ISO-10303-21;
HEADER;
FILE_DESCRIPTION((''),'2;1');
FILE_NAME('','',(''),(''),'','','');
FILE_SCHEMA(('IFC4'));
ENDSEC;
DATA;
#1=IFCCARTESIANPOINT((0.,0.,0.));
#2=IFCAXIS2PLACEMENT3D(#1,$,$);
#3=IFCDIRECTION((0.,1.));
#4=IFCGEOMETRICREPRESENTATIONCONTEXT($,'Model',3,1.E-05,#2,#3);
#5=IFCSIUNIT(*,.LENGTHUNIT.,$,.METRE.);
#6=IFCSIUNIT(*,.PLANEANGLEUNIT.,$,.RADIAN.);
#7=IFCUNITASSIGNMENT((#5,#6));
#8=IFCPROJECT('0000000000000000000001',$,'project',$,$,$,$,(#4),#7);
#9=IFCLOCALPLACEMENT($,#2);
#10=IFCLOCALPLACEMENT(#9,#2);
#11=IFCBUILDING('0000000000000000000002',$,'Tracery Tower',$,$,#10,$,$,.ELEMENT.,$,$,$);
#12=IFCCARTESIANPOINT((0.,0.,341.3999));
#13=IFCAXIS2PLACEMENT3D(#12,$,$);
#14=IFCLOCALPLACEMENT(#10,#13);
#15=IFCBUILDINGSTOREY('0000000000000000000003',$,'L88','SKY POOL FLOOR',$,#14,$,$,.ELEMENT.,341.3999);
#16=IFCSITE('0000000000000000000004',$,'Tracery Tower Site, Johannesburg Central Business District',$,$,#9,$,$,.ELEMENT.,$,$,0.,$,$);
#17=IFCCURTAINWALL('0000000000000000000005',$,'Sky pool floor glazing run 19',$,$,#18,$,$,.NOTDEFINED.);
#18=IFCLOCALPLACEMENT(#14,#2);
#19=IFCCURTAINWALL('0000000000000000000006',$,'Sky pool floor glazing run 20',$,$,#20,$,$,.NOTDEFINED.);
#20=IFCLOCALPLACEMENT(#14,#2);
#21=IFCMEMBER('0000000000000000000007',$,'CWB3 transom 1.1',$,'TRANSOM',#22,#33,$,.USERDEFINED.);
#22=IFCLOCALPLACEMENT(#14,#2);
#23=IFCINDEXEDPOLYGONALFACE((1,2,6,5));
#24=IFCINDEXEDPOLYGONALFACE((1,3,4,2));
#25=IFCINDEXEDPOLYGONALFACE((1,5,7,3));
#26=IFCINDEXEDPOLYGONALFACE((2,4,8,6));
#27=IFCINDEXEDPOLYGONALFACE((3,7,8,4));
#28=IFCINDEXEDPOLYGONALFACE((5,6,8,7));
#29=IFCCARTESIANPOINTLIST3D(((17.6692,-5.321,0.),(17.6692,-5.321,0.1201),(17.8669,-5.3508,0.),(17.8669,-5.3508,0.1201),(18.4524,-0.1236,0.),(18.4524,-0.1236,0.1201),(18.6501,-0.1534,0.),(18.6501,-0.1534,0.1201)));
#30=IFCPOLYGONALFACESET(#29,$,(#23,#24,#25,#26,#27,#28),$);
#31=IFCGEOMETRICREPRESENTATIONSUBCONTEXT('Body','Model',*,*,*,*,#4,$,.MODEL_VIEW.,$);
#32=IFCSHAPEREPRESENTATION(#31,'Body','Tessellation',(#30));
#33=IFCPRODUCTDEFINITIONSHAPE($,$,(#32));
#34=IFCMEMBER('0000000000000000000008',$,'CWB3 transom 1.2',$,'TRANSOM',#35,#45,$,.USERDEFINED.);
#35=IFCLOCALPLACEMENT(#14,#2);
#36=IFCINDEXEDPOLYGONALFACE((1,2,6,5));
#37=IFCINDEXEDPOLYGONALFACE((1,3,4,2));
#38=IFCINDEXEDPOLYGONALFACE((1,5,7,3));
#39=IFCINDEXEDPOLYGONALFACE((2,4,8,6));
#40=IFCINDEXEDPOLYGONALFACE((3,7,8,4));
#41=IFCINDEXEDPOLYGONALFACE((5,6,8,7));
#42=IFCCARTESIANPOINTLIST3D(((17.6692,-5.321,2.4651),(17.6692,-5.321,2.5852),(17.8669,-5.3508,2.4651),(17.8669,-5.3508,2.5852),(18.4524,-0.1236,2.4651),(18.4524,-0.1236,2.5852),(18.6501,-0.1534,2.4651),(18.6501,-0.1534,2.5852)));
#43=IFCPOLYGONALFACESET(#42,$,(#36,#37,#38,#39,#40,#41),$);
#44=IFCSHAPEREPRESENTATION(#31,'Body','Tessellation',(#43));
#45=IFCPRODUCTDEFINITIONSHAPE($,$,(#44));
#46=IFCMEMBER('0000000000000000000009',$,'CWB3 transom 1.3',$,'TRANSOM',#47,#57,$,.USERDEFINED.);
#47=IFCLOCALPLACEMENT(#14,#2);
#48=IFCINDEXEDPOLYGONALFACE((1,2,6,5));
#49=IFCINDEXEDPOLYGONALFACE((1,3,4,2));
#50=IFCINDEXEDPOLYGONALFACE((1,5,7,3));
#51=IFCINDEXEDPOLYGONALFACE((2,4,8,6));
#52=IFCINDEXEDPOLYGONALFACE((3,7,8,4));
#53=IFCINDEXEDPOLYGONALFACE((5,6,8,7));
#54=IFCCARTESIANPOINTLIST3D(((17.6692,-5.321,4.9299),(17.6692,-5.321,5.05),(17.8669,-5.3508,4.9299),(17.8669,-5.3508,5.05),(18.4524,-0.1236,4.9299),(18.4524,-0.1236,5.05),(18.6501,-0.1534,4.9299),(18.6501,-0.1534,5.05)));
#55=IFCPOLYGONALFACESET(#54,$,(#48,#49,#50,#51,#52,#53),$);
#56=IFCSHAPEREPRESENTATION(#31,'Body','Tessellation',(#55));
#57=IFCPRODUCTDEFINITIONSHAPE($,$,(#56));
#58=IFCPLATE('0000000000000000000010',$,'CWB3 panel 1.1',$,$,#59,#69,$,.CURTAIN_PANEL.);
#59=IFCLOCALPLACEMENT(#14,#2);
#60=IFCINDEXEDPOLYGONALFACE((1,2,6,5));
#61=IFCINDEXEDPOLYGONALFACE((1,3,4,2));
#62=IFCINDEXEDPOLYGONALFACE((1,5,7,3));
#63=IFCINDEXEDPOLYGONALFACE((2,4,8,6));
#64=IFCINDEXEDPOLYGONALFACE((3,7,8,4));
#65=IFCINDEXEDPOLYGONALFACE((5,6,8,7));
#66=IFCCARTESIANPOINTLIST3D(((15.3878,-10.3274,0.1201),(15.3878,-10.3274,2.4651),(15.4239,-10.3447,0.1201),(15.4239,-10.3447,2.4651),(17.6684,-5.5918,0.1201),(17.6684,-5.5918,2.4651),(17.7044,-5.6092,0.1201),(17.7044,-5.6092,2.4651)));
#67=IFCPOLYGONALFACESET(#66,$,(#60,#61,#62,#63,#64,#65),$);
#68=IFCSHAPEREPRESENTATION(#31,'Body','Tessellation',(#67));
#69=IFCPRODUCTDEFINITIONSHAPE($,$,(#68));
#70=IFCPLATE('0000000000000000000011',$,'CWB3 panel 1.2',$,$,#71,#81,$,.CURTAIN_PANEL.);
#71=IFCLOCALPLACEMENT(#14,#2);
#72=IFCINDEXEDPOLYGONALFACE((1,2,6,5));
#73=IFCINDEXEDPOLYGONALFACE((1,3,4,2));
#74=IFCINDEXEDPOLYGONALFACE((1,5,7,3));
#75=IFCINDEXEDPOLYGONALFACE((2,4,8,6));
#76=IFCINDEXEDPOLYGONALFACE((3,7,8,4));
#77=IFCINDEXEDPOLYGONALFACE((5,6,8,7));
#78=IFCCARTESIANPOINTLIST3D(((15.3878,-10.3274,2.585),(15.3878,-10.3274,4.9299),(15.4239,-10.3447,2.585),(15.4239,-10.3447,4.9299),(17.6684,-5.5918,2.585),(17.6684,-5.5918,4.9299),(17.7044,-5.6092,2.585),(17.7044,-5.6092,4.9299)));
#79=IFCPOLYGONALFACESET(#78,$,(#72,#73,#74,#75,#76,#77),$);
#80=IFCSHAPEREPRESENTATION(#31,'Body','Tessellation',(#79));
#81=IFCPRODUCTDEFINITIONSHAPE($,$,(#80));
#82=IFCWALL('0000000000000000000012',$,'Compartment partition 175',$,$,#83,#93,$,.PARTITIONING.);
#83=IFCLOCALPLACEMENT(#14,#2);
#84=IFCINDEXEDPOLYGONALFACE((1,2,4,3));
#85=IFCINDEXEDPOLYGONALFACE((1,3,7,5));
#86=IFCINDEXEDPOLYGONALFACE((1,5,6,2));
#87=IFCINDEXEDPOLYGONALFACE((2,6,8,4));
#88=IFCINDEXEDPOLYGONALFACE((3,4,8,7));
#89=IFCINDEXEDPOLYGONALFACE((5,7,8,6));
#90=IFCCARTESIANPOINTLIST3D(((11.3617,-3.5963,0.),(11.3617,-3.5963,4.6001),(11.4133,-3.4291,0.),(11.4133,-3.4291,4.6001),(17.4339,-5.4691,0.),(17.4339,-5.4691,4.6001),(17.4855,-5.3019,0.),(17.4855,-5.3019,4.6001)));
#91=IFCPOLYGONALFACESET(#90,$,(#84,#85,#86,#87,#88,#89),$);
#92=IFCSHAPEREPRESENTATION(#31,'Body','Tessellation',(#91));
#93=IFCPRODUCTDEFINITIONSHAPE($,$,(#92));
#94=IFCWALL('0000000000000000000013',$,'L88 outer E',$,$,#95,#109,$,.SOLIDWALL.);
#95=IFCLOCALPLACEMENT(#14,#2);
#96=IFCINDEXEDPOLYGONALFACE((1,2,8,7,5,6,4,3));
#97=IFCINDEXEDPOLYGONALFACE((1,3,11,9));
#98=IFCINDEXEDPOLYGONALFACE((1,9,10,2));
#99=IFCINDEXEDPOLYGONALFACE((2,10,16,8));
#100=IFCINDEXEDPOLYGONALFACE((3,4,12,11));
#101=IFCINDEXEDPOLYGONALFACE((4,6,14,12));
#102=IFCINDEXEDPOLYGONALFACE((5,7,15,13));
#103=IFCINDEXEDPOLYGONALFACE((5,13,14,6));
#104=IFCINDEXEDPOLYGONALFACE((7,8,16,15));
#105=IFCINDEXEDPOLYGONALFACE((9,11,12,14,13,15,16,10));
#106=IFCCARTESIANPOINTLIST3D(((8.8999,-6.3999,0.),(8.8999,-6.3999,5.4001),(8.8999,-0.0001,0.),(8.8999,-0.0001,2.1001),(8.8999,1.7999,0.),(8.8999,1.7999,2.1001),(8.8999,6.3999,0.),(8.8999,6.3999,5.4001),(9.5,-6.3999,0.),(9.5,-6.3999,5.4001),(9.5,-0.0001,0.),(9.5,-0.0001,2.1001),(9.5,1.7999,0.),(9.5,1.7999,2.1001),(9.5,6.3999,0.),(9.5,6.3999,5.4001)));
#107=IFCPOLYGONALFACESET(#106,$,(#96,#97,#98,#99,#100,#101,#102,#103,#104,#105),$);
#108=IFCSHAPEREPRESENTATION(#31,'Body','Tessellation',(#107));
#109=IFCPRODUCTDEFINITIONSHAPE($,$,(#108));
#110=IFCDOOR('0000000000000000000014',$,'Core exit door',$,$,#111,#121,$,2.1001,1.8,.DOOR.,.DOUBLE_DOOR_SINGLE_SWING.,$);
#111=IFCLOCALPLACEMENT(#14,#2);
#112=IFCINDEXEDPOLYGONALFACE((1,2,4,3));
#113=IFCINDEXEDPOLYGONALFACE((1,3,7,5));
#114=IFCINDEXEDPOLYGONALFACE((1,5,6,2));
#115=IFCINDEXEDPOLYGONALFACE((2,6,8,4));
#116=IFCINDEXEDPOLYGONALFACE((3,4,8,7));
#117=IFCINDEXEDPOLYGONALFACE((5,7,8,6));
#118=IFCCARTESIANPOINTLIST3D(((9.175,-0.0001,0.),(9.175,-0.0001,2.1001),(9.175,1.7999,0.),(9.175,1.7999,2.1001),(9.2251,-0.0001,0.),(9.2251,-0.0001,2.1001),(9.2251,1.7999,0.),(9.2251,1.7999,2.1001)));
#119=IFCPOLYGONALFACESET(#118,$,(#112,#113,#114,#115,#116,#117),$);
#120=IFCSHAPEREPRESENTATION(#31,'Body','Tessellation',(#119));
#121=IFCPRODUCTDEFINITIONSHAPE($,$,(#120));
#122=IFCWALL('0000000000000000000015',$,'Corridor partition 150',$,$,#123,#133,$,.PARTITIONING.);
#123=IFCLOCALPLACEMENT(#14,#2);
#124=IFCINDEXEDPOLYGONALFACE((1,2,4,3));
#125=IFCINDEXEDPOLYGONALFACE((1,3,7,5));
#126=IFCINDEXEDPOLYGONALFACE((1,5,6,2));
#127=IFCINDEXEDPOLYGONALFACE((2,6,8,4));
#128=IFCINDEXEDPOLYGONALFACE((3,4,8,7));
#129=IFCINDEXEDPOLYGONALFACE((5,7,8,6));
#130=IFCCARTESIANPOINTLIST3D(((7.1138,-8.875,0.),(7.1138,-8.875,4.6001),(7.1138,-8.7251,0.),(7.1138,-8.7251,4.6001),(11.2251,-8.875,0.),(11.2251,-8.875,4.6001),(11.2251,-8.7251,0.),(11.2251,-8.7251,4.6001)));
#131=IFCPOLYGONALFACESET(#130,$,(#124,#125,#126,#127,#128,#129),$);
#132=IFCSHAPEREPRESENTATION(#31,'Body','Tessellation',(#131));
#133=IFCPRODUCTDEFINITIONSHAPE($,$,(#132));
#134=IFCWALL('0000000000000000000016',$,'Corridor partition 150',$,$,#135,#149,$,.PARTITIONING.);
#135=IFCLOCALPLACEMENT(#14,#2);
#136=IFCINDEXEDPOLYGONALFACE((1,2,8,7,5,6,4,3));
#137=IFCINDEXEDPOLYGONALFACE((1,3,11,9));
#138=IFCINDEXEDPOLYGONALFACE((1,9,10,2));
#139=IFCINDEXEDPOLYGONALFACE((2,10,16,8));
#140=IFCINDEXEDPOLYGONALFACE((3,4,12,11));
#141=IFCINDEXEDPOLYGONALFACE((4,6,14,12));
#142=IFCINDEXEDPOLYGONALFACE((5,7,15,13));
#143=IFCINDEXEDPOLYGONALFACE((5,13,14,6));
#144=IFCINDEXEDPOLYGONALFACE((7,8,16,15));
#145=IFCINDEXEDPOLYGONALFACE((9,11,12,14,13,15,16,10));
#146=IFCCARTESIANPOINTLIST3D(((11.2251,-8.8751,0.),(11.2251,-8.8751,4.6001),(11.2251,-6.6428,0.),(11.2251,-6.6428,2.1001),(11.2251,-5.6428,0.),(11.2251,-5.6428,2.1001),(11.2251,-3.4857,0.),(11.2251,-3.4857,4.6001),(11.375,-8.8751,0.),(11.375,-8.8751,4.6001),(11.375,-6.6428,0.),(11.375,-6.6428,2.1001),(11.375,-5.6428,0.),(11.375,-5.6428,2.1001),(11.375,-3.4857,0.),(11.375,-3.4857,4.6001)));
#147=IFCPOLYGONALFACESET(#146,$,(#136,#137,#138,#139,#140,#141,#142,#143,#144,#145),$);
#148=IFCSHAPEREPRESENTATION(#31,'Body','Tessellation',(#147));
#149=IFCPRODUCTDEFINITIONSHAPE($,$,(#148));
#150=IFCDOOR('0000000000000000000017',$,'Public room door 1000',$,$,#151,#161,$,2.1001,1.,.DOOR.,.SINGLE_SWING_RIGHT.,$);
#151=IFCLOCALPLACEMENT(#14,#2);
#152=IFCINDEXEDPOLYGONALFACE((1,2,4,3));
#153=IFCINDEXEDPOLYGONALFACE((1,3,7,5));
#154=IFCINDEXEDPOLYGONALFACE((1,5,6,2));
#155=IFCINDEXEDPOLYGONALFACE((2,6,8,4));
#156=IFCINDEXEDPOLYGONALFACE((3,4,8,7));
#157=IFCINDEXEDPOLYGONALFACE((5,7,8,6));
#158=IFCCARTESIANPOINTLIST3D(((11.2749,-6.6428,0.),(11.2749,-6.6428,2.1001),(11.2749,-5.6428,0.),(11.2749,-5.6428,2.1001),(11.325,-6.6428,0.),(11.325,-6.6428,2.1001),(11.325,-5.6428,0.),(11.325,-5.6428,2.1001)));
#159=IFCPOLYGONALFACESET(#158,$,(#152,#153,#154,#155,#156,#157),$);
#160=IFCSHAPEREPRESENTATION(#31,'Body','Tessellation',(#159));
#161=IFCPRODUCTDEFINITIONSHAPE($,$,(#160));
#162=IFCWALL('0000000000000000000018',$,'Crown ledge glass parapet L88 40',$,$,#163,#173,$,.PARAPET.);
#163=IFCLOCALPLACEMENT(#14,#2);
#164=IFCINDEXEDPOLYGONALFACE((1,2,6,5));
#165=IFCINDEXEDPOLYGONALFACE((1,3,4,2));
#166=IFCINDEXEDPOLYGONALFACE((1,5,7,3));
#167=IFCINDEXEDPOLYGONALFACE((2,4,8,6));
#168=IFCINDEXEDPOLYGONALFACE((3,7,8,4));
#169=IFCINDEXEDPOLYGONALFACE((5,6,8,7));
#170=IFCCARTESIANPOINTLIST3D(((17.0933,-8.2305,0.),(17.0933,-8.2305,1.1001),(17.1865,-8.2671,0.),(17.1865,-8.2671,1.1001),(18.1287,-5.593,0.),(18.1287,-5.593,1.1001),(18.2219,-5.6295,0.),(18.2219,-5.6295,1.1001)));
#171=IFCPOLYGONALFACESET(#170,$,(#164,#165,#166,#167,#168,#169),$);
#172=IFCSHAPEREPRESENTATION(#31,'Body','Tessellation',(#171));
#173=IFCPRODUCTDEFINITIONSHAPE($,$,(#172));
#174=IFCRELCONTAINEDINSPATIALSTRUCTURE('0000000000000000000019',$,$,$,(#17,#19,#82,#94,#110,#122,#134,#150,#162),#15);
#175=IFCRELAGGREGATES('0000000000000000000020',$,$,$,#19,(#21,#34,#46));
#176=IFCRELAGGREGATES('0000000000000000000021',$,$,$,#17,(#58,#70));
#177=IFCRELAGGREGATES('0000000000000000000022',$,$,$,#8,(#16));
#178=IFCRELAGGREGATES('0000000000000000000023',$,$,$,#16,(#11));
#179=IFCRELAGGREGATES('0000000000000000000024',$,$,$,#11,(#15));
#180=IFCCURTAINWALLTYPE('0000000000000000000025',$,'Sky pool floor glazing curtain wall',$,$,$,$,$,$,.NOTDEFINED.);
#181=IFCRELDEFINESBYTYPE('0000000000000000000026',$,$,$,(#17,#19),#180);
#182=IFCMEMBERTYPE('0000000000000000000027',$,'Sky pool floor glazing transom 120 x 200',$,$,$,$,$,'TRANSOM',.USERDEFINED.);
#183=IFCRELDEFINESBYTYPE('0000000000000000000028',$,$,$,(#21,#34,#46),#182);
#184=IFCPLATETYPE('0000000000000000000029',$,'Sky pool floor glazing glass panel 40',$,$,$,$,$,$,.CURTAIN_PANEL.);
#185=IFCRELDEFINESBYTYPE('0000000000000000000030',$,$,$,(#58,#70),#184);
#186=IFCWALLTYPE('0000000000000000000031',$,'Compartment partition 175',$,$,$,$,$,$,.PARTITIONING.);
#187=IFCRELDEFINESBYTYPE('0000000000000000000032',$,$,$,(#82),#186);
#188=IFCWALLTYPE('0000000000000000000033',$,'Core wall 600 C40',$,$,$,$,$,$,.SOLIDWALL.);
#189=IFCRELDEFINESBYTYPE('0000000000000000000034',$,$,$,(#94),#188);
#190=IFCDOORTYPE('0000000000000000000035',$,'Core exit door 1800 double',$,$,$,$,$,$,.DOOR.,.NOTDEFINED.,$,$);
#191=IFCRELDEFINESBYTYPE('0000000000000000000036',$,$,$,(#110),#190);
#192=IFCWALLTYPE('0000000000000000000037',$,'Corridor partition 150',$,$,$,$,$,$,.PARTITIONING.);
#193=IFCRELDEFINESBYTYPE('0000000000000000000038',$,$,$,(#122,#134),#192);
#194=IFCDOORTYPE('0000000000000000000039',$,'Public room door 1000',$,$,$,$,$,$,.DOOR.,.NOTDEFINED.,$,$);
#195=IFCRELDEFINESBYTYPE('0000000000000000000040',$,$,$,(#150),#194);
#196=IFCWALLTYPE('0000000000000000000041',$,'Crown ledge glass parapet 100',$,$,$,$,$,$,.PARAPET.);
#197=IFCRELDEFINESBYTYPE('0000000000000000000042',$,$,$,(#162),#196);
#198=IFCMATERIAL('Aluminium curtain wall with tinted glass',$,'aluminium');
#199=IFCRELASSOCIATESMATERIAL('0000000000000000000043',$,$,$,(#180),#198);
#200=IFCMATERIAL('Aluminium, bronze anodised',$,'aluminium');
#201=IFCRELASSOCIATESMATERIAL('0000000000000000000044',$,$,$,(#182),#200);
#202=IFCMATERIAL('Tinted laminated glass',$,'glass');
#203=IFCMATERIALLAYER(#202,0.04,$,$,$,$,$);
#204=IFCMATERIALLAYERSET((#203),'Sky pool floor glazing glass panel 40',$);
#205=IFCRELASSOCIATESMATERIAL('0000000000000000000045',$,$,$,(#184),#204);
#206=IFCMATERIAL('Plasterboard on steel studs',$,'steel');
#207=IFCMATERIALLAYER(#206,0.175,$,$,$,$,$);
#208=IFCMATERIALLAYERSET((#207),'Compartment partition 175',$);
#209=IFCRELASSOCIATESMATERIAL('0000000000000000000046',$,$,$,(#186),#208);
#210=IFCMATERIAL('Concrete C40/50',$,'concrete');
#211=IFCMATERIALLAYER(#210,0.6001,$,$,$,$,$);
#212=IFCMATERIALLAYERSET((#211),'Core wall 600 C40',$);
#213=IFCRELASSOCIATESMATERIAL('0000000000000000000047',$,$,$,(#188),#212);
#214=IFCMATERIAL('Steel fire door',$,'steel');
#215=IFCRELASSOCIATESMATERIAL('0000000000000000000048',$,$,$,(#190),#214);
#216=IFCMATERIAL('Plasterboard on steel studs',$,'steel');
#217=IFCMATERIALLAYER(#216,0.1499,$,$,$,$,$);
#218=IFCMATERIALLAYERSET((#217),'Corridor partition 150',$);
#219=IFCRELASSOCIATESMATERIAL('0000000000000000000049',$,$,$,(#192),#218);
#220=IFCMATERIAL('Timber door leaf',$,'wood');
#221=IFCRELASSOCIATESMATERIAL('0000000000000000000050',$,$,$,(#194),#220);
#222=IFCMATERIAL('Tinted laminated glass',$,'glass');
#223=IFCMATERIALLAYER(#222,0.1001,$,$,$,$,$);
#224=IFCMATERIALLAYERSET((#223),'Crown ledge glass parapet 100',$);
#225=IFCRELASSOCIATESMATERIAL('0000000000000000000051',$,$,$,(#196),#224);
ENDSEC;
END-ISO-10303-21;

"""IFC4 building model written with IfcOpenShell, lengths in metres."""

from ifc_helpers import new_model, si_unit, direction, frame, frame_2d, origin, origin_2d, place, context, subcontext, project, spatial, rectangle, extrude, material, layer, layer_set, material_profile, profile_set, type_object, element, fill, aggregate, save


model = new_model("IFC4")

# Units and contexts
model_context = context("Model", 3, precision=1e-05, world=origin(), true_north=direction((0.0, 1.0)))
body_context = subcontext(model_context, "Body", "Model", "MODEL_VIEW")
ifc_project = project(units=[si_unit("LENGTHUNIT", "METRE"), si_unit("PLANEANGLEUNIT", "RADIAN")], contexts=[model_context])

# Site, building, storey
site_placement = place(None, origin())
site = spatial("IfcSite", under=ifc_project, at=site_placement, Name="Tracery Tower Site, Johannesburg Central Business District", CompositionType="ELEMENT", RefElevation=0.0)
building_placement = place(site_placement, origin())
building = spatial("IfcBuilding", under=site, at=building_placement, Name="Tracery Tower", CompositionType="ELEMENT")
storey_placement = place(building_placement, frame((0.0, 0.0, 341.3999)))
storey = spatial("IfcBuildingStorey", under=building, at=storey_placement, Name="L88", Description="SKY POOL FLOOR", CompositionType="ELEMENT", Elevation=341.3999)

# Curtain walls
ifc_material_1 = material(Name="Aluminium curtain wall with tinted glass", Category="aluminium")
curtain_wall_type = type_object("IfcCurtainWallType", Name="Sky pool floor glazing curtain wall", PredefinedType="NOTDEFINED", material=ifc_material_1)
curtain_wall_1_placement = place(storey_placement, origin())
curtain_wall_1 = element("IfcCurtainWall", 1, at=curtain_wall_1_placement, inside=storey, type_object=curtain_wall_type, Name="Sky pool floor glazing run 19", PredefinedType="NOTDEFINED")
curtain_wall_2_placement = place(storey_placement, origin())
curtain_wall_2 = element("IfcCurtainWall", 2, at=curtain_wall_2_placement, inside=storey, type_object=curtain_wall_type, Name="Sky pool floor glazing run 20", PredefinedType="NOTDEFINED")

# Members
ifc_material_2 = material(Name="Aluminium, bronze anodised", Category="aluminium")
ifc_material_profile_1 = material_profile(ifc_material_2, rectangle(XDim=0.2, YDim=0.1201, at=origin_2d()), Name="Sky pool floor glazing transom 120 x 200")
ifc_profile_set_1 = profile_set([ifc_material_profile_1], Name="Aluminium, bronze anodised")
member_type_1 = type_object("IfcMemberType", Name="Sky pool floor glazing transom 120 x 200", ElementType="TRANSOM", PredefinedType="USERDEFINED", material=ifc_profile_set_1)
member_1_placement = place(storey_placement, frame((17.7681, -5.3359, 0.0601), z_axis=(0.149006, 0.988836, 0.0), x_axis=(-0.988836, 0.149006, 0.0)))
member_1 = element("IfcMember", 3, at=member_1_placement, type_object=member_type_1, Name="CWB3 transom 1.1", ObjectType="TRANSOM", PredefinedType="USERDEFINED", context=body_context, shape_type="SweptSolid", body=[
    extrude(rectangle(XDim=0.2, YDim=0.1201, at=origin_2d()), origin(), (0.0, 0.0, 1.0), 5.2561),
])
member_2_placement = place(storey_placement, frame((17.7681, -5.3359, 2.5251), z_axis=(0.149006, 0.988836, 0.0), x_axis=(-0.988836, 0.149006, 0.0)))
member_2 = element("IfcMember", 4, at=member_2_placement, type_object=member_type_1, Name="CWB3 transom 1.2", ObjectType="TRANSOM", PredefinedType="USERDEFINED", context=body_context, shape_type="SweptSolid", body=[
    extrude(rectangle(XDim=0.2, YDim=0.1201, at=origin_2d()), origin(), (0.0, 0.0, 1.0), 5.2561),
])
member_3_placement = place(storey_placement, frame((17.7681, -5.3359, 4.99), z_axis=(0.149006, 0.988836, 0.0), x_axis=(-0.988836, 0.149006, 0.0)))
member_3 = element("IfcMember", 5, at=member_3_placement, type_object=member_type_1, Name="CWB3 transom 1.3", ObjectType="TRANSOM", PredefinedType="USERDEFINED", context=body_context, shape_type="SweptSolid", body=[
    extrude(rectangle(XDim=0.2, YDim=0.1201, at=origin_2d()), origin(), (0.0, 0.0, 1.0), 5.2561),
])
aggregate(curtain_wall_2, [member_1, member_2, member_3])

# Plates
ifc_material_3 = material(Name="Tinted laminated glass", Category="glass")
ifc_layer_1 = layer(ifc_material_3, 0.04)
ifc_layer_set_1 = layer_set([ifc_layer_1], Name="Sky pool floor glazing glass panel 40")
plate_type = type_object("IfcPlateType", Name="Sky pool floor glazing glass panel 40", PredefinedType="CURTAIN_PANEL", material=ifc_layer_set_1)
plate_1_placement = place(storey_placement, frame((16.5461, -7.9683, 0.1201), z_axis=(0.0, 0.0, 1.0), x_axis=(0.43388, 0.900971, 0.0)))
plate_1 = element("IfcPlate", 6, at=plate_1_placement, type_object=plate_type, Name="CWB3 panel 1.1", PredefinedType="CURTAIN_PANEL", context=body_context, shape_type="SweptSolid", body=[
    extrude(rectangle(XDim=5.2561, YDim=0.04, at=origin_2d()), origin(), (0.0, 0.0, 1.0), 2.345),
])
plate_2_placement = place(storey_placement, frame((16.5461, -7.9683, 2.585), z_axis=(0.0, 0.0, 1.0), x_axis=(0.43388, 0.900971, 0.0)))
plate_2 = element("IfcPlate", 7, at=plate_2_placement, type_object=plate_type, Name="CWB3 panel 1.2", PredefinedType="CURTAIN_PANEL", context=body_context, shape_type="SweptSolid", body=[
    extrude(rectangle(XDim=5.2561, YDim=0.04, at=origin_2d()), origin(), (0.0, 0.0, 1.0), 2.345),
])
aggregate(curtain_wall_1, [plate_1, plate_2])

# Wall
ifc_material_4 = material(Name="Plasterboard on steel studs", Category="steel")
ifc_layer_2 = layer(ifc_material_4, 0.175)
ifc_layer_set_2 = layer_set([ifc_layer_2], Name="Compartment partition 175")
wall_type_1 = type_object("IfcWallType", Name="Compartment partition 175", PredefinedType="PARTITIONING", material=ifc_layer_set_2)
wall_1_placement = place(storey_placement, frame((17.4597, -5.3855, 0.0), z_axis=(0.0, 0.0, 1.0), x_axis=(-0.955584, 0.29472, 0.0)))
element("IfcWall", 8, at=wall_1_placement, inside=storey, type_object=wall_type_1, Name="Compartment partition 175", PredefinedType="PARTITIONING", context=body_context, shape_type="SweptSolid", body=[
    extrude(rectangle(XDim=6.3545, YDim=0.175, at=frame_2d((3.1772, 0.0))), origin(), (0.0, 0.0, 1.0), 4.6001),
])

# Wall, opening, door
ifc_material_5 = material(Name="Concrete C40/50", Category="concrete")
ifc_layer_3 = layer(ifc_material_5, 0.6001)
ifc_layer_set_3 = layer_set([ifc_layer_3], Name="Core wall 600 C40")
wall_type_2 = type_object("IfcWallType", Name="Core wall 600 C40", PredefinedType="SOLIDWALL", material=ifc_layer_set_3)
wall_2_placement = place(storey_placement, frame((9.2, -6.3999, 0.0), z_axis=(0.0, 0.0, 1.0), x_axis=(0.0, 1.0, 0.0)))
wall_2 = element("IfcWall", 9, at=wall_2_placement, inside=storey, type_object=wall_type_2, Name="L88 outer E", PredefinedType="SOLIDWALL", context=body_context, shape_type="SweptSolid", body=[
    extrude(rectangle(XDim=12.7998, YDim=0.6001, at=frame_2d((6.3999, 0.0))), origin(), (0.0, 0.0, 1.0), 5.4001),
])
opening_1_placement = place(wall_2_placement, frame((6.3999, 0.0, 0.0)))
opening_1 = element("IfcOpeningElement", 10, at=opening_1_placement, cuts=wall_2, PredefinedType="OPENING", context=body_context, shape_type="SweptSolid", body=[
    extrude(rectangle(XDim=1.8, YDim=2.1001, at=frame_2d((0.8999, 1.05))), frame((0.0, 0.3, 0.0), z_axis=(0.0, -1.0, 0.0), x_axis=(1.0, 0.0, 0.0)), (0.0, 0.0, 1.0), 0.6001),
])
ifc_material_6 = material(Name="Steel fire door", Category="steel")
door_type_1 = type_object("IfcDoorType", Name="Core exit door 1800 double", OperationType="NOTDEFINED", PredefinedType="DOOR", material=ifc_material_6)
door_1_placement = place(opening_1_placement, origin())
door_1 = element("IfcDoor", 11, at=door_1_placement, inside=storey, type_object=door_type_1, Name="Core exit door", OperationType="DOUBLE_DOOR_SINGLE_SWING", OverallHeight=2.1001, OverallWidth=1.8, PredefinedType="DOOR", context=body_context, shape_type="SweptSolid", body=[
    extrude(rectangle(XDim=1.8, YDim=2.1001, at=frame_2d((0.8999, 1.05))), frame((0.0, 0.0249, 0.0), z_axis=(0.0, -1.0, 0.0), x_axis=(1.0, 0.0, 0.0)), (0.0, 0.0, 1.0), 0.05),
])
fill(opening_1, door_1)

# Wall
ifc_material_7 = material(Name="Plasterboard on steel studs", Category="steel")
ifc_layer_4 = layer(ifc_material_7, 0.1499)
ifc_layer_set_4 = layer_set([ifc_layer_4], Name="Corridor partition 150")
wall_type_3 = type_object("IfcWallType", Name="Corridor partition 150", PredefinedType="PARTITIONING", material=ifc_layer_set_4)
wall_3_placement = place(storey_placement, frame((7.1138, -8.8, 0.0), z_axis=(0.0, 0.0, 1.0), x_axis=(1.0, 0.0, 0.0)))
element("IfcWall", 12, at=wall_3_placement, inside=storey, type_object=wall_type_3, Name="Corridor partition 150", PredefinedType="PARTITIONING", context=body_context, shape_type="SweptSolid", body=[
    extrude(rectangle(XDim=4.1113, YDim=0.1499, at=frame_2d((2.0557, 0.0))), origin(), (0.0, 0.0, 1.0), 4.6001),
])

# Wall, opening, door
wall_4_placement = place(storey_placement, frame((11.3, -3.4856, 0.0), z_axis=(0.0, 0.0, 1.0), x_axis=(0.0, -1.0, 0.0)))
wall_4 = element("IfcWall", 13, at=wall_4_placement, inside=storey, type_object=wall_type_3, Name="Corridor partition 150", PredefinedType="PARTITIONING", context=body_context, shape_type="SweptSolid", body=[
    extrude(rectangle(XDim=5.3894, YDim=0.1499, at=frame_2d((2.6948, 0.0))), origin(), (0.0, 0.0, 1.0), 4.6001),
])
opening_2_placement = place(wall_4_placement, frame((2.1572, 0.0, 0.0)))
opening_2 = element("IfcOpeningElement", 14, at=opening_2_placement, cuts=wall_4, PredefinedType="OPENING", context=body_context, shape_type="SweptSolid", body=[
    extrude(rectangle(XDim=1.0, YDim=2.1001, at=frame_2d((0.5, 1.05))), frame((0.0, 0.075, 0.0), z_axis=(0.0, -1.0, 0.0), x_axis=(1.0, 0.0, 0.0)), (0.0, 0.0, 1.0), 0.1499),
])
ifc_material_8 = material(Name="Timber door leaf", Category="wood")
door_type_2 = type_object("IfcDoorType", Name="Public room door 1000", OperationType="NOTDEFINED", PredefinedType="DOOR", material=ifc_material_8)
door_2_placement = place(opening_2_placement, origin())
door_2 = element("IfcDoor", 15, at=door_2_placement, inside=storey, type_object=door_type_2, Name="Public room door 1000", OperationType="SINGLE_SWING_RIGHT", OverallHeight=2.1001, OverallWidth=1.0, PredefinedType="DOOR", context=body_context, shape_type="SweptSolid", body=[
    extrude(rectangle(XDim=1.0, YDim=2.1001, at=frame_2d((0.5, 1.05))), frame((0.0, 0.0249, 0.0), z_axis=(0.0, -1.0, 0.0), x_axis=(1.0, 0.0, 0.0)), (0.0, 0.0, 1.0), 0.05),
])
fill(opening_2, door_2)

# Wall
ifc_material_9 = material(Name="Tinted laminated glass", Category="glass")
ifc_layer_5 = layer(ifc_material_9, 0.1001)
ifc_layer_set_5 = layer_set([ifc_layer_5], Name="Crown ledge glass parapet 100")
wall_type_4 = type_object("IfcWallType", Name="Crown ledge glass parapet 100", PredefinedType="PARAPET", material=ifc_layer_set_5)
wall_5_placement = place(storey_placement, frame((17.1399, -8.2488, 0.0), z_axis=(0.0, 0.0, 1.0), x_axis=(0.365426, 0.93084, 0.0)))
element("IfcWall", 16, at=wall_5_placement, inside=storey, type_object=wall_type_4, Name="Crown ledge glass parapet L88 40", PredefinedType="PARAPET", context=body_context, shape_type="SweptSolid", body=[
    extrude(rectangle(XDim=2.8335, YDim=0.1001, at=frame_2d((1.4167, 0.0))), origin(), (0.0, 0.0, 1.0), 1.1001),
])

save(model, "model.ifc")
